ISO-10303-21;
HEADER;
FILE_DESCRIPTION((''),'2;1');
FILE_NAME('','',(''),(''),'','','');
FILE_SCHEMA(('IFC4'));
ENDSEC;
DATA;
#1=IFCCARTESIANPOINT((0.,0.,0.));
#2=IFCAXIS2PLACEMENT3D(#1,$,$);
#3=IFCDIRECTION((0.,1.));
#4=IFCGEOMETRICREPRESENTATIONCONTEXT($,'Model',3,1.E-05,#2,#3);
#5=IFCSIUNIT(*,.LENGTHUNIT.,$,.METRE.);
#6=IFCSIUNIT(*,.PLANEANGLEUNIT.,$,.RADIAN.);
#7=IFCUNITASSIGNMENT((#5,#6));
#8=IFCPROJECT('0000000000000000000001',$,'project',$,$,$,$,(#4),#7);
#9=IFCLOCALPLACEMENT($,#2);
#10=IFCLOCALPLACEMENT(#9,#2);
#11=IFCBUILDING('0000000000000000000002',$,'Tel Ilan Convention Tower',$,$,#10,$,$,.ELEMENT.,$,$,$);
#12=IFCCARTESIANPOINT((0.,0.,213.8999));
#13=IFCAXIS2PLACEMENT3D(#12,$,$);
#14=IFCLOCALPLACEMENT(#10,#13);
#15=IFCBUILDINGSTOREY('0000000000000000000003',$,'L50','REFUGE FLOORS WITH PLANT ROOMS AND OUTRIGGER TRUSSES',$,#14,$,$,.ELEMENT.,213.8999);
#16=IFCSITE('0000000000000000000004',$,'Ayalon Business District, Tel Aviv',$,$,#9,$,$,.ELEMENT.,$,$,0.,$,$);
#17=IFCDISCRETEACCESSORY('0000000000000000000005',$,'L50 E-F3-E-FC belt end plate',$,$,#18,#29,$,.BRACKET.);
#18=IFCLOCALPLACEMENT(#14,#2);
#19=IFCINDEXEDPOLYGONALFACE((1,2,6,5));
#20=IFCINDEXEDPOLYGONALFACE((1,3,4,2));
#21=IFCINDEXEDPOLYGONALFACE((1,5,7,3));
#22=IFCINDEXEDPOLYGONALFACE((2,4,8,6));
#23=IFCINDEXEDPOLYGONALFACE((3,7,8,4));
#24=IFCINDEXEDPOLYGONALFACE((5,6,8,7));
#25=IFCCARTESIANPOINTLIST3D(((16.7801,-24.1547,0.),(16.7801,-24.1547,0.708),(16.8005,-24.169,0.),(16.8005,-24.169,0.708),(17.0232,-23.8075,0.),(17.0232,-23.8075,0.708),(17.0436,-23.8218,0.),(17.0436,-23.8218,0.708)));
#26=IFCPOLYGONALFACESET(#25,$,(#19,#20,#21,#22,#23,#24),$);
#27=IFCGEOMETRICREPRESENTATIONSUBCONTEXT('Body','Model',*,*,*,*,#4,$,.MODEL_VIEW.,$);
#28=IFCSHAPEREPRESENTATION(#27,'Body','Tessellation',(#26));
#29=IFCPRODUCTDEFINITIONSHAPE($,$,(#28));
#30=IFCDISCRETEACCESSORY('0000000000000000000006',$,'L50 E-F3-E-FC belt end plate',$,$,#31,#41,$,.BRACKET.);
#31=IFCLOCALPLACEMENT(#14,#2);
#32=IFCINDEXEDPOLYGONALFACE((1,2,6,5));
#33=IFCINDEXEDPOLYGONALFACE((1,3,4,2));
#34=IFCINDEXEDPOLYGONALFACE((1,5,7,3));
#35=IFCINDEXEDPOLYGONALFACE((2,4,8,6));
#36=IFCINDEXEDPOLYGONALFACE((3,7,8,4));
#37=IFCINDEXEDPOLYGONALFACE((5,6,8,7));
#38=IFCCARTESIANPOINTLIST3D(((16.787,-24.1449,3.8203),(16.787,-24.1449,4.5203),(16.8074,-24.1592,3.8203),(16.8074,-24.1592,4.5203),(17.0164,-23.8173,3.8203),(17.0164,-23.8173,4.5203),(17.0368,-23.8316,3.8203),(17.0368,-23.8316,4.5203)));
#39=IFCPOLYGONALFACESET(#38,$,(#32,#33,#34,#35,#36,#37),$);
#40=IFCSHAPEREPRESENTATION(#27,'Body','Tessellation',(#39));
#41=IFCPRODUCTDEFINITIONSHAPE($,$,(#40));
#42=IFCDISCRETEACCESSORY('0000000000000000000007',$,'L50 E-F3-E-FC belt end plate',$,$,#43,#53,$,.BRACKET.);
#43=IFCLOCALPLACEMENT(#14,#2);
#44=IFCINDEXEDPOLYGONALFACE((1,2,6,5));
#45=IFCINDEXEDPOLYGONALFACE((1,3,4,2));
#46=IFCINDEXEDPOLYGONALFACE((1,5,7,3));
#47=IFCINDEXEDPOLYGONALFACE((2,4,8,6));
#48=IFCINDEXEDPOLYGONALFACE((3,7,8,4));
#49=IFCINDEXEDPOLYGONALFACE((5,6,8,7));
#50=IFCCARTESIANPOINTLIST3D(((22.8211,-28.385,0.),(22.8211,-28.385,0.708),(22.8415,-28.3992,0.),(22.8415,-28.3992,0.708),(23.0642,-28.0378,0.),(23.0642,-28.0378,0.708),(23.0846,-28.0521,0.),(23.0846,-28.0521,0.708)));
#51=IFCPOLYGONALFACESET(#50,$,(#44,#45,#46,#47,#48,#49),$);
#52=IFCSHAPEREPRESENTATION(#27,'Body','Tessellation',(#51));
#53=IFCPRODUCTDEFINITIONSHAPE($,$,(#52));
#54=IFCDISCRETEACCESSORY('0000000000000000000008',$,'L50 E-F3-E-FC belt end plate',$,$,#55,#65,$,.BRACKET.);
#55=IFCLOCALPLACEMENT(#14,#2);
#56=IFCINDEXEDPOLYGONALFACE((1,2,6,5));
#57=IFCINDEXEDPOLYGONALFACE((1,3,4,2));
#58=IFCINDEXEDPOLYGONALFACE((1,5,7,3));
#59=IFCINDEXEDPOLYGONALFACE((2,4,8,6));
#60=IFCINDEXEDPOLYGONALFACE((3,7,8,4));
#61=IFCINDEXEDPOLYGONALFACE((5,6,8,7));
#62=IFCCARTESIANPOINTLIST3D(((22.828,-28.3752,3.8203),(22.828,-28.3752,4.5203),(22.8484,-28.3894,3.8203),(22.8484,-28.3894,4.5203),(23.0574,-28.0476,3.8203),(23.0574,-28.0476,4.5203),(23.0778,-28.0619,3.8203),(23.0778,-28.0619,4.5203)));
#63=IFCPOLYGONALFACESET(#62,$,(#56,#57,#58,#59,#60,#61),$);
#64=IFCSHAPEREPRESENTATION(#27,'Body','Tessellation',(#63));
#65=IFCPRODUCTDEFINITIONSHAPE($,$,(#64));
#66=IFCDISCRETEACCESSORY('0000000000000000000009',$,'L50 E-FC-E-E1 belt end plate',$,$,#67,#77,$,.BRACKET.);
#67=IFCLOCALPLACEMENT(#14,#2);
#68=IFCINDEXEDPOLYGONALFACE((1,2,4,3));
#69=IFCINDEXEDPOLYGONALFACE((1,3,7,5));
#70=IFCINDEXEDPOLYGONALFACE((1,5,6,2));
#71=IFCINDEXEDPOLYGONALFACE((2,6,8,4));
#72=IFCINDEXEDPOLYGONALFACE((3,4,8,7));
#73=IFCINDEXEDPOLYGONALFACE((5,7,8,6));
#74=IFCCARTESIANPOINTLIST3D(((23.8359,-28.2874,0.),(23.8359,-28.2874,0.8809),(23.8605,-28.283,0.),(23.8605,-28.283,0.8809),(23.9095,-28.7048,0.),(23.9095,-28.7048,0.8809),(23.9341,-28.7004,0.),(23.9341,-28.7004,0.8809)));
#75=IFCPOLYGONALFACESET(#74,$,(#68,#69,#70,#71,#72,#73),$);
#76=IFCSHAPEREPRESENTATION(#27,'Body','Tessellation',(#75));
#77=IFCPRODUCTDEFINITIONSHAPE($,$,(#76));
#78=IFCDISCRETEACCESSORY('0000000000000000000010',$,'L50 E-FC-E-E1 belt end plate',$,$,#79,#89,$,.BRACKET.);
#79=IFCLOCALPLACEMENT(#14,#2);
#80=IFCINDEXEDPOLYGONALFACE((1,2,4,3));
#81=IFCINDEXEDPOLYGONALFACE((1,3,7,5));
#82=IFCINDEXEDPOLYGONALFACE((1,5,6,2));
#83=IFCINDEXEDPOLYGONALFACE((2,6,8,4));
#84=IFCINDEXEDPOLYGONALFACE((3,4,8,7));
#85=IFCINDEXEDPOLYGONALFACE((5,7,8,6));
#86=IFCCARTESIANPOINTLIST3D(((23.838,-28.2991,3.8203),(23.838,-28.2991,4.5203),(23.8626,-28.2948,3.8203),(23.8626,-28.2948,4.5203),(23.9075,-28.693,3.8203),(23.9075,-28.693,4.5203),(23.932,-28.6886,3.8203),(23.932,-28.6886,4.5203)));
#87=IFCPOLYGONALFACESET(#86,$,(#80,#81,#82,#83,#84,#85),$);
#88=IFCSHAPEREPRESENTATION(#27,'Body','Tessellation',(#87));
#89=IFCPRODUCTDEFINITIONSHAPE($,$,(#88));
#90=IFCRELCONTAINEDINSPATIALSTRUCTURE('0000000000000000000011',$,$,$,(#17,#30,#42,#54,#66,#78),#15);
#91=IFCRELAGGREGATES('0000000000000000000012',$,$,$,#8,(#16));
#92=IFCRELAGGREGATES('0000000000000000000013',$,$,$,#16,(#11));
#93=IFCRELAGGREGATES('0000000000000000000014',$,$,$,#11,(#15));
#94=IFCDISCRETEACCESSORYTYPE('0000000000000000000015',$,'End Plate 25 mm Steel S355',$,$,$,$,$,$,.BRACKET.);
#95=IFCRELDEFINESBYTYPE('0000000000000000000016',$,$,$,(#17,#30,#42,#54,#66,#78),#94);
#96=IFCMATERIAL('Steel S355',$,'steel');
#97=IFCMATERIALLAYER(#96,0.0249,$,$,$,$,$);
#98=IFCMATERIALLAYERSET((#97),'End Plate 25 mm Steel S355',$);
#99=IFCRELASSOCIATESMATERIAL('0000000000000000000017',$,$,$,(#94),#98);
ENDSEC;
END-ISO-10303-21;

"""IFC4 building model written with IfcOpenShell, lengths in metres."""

from ifc_helpers import new_model, si_unit, direction, frame, origin, origin_2d, place, context, subcontext, project, spatial, rectangle, extrude, material, layer, layer_set, type_object, element, save


model = new_model("IFC4")

# Units and contexts
model_context = context("Model", 3, precision=1e-05, world=origin(), true_north=direction((0.0, 1.0)))
body_context = subcontext(model_context, "Body", "Model", "MODEL_VIEW")
ifc_project = project(units=[si_unit("LENGTHUNIT", "METRE"), si_unit("PLANEANGLEUNIT", "RADIAN")], contexts=[model_context])

# Site, building, storey
site_placement = place(None, origin())
site = spatial("IfcSite", under=ifc_project, at=site_placement, Name="Ayalon Business District, Tel Aviv", CompositionType="ELEMENT", RefElevation=0.0)
building_placement = place(site_placement, origin())
building = spatial("IfcBuilding", under=site, at=building_placement, Name="Tel Ilan Convention Tower", CompositionType="ELEMENT")
storey_placement = place(building_placement, frame((0.0, 0.0, 213.8999)))
storey = spatial("IfcBuildingStorey", under=building, at=storey_placement, Name="L50", Description="REFUGE FLOORS WITH PLANT ROOMS AND OUTRIGGER TRUSSES", CompositionType="ELEMENT", Elevation=213.8999)

# Discrete accessories
ifc_material_1 = material(Name="Steel S355", Category="steel")
ifc_layer_1 = layer(ifc_material_1, 0.0249)
ifc_layer_set_1 = layer_set([ifc_layer_1], Name="End Plate 25 mm Steel S355")
discrete_accessory_type_1 = type_object("IfcDiscreteAccessoryType", Name="End Plate 25 mm Steel S355", PredefinedType="BRACKET", material=ifc_layer_set_1)
discrete_accessory_1_placement = place(storey_placement, frame((16.9119, -23.9883, 0.0), z_axis=(0.0, 0.0, 1.0), x_axis=(-0.819152, 0.573576, 0.0)))
element("IfcDiscreteAccessory", 1, at=discrete_accessory_1_placement, inside=storey, type_object=discrete_accessory_type_1, Name="L50 E-F3-E-FC belt end plate", PredefinedType="BRACKET", context=body_context, shape_type="SweptSolid", body=[
    extrude(rectangle(XDim=0.0249, YDim=0.4238, at=origin_2d()), origin(), (0.0, 0.0, 1.0), 0.708),
])
discrete_accessory_2_placement = place(storey_placement, frame((16.9119, -23.9883, 3.8203), z_axis=(0.0, 0.0, 1.0), x_axis=(-0.819152, 0.573576, 0.0)))
element("IfcDiscreteAccessory", 2, at=discrete_accessory_2_placement, inside=storey, type_object=discrete_accessory_type_1, Name="L50 E-F3-E-FC belt end plate", PredefinedType="BRACKET", context=body_context, shape_type="SweptSolid", body=[
    extrude(rectangle(XDim=0.0249, YDim=0.3999, at=origin_2d()), origin(), (0.0, 0.0, 1.0), 0.7),
])
discrete_accessory_3_placement = place(storey_placement, frame((22.9529, -28.2185, 0.0), z_axis=(0.0, 0.0, 1.0), x_axis=(0.819152, -0.573576, 0.0)))
element("IfcDiscreteAccessory", 3, at=discrete_accessory_3_placement, inside=storey, type_object=discrete_accessory_type_1, Name="L50 E-F3-E-FC belt end plate", PredefinedType="BRACKET", context=body_context, shape_type="SweptSolid", body=[
    extrude(rectangle(XDim=0.0249, YDim=0.4238, at=origin_2d()), origin(), (0.0, 0.0, 1.0), 0.708),
])
discrete_accessory_4_placement = place(storey_placement, frame((22.9529, -28.2185, 3.8203), z_axis=(0.0, 0.0, 1.0), x_axis=(0.819152, -0.573576, 0.0)))
element("IfcDiscreteAccessory", 4, at=discrete_accessory_4_placement, inside=storey, type_object=discrete_accessory_type_1, Name="L50 E-F3-E-FC belt end plate", PredefinedType="BRACKET", context=body_context, shape_type="SweptSolid", body=[
    extrude(rectangle(XDim=0.0249, YDim=0.3999, at=origin_2d()), origin(), (0.0, 0.0, 1.0), 0.7),
])
discrete_accessory_5_placement = place(storey_placement, frame((23.885, -28.4939, 0.0), z_axis=(0.0, 0.0, 1.0), x_axis=(-0.984808, -0.173648, 0.0)))
element("IfcDiscreteAccessory", 5, at=discrete_accessory_5_placement, inside=storey, type_object=discrete_accessory_type_1, Name="L50 E-FC-E-E1 belt end plate", PredefinedType="BRACKET", context=body_context, shape_type="SweptSolid", body=[
    extrude(rectangle(XDim=0.0249, YDim=0.4238, at=origin_2d()), origin(), (0.0, 0.0, 1.0), 0.8809),
])
discrete_accessory_6_placement = place(storey_placement, frame((23.885, -28.4939, 3.8203), z_axis=(0.0, 0.0, 1.0), x_axis=(-0.984808, -0.173648, 0.0)))
element("IfcDiscreteAccessory", 6, at=discrete_accessory_6_placement, inside=storey, type_object=discrete_accessory_type_1, Name="L50 E-FC-E-E1 belt end plate", PredefinedType="BRACKET", context=body_context, shape_type="SweptSolid", body=[
    extrude(rectangle(XDim=0.0249, YDim=0.3999, at=origin_2d()), origin(), (0.0, 0.0, 1.0), 0.7),
])

save(model, "model.ifc")
